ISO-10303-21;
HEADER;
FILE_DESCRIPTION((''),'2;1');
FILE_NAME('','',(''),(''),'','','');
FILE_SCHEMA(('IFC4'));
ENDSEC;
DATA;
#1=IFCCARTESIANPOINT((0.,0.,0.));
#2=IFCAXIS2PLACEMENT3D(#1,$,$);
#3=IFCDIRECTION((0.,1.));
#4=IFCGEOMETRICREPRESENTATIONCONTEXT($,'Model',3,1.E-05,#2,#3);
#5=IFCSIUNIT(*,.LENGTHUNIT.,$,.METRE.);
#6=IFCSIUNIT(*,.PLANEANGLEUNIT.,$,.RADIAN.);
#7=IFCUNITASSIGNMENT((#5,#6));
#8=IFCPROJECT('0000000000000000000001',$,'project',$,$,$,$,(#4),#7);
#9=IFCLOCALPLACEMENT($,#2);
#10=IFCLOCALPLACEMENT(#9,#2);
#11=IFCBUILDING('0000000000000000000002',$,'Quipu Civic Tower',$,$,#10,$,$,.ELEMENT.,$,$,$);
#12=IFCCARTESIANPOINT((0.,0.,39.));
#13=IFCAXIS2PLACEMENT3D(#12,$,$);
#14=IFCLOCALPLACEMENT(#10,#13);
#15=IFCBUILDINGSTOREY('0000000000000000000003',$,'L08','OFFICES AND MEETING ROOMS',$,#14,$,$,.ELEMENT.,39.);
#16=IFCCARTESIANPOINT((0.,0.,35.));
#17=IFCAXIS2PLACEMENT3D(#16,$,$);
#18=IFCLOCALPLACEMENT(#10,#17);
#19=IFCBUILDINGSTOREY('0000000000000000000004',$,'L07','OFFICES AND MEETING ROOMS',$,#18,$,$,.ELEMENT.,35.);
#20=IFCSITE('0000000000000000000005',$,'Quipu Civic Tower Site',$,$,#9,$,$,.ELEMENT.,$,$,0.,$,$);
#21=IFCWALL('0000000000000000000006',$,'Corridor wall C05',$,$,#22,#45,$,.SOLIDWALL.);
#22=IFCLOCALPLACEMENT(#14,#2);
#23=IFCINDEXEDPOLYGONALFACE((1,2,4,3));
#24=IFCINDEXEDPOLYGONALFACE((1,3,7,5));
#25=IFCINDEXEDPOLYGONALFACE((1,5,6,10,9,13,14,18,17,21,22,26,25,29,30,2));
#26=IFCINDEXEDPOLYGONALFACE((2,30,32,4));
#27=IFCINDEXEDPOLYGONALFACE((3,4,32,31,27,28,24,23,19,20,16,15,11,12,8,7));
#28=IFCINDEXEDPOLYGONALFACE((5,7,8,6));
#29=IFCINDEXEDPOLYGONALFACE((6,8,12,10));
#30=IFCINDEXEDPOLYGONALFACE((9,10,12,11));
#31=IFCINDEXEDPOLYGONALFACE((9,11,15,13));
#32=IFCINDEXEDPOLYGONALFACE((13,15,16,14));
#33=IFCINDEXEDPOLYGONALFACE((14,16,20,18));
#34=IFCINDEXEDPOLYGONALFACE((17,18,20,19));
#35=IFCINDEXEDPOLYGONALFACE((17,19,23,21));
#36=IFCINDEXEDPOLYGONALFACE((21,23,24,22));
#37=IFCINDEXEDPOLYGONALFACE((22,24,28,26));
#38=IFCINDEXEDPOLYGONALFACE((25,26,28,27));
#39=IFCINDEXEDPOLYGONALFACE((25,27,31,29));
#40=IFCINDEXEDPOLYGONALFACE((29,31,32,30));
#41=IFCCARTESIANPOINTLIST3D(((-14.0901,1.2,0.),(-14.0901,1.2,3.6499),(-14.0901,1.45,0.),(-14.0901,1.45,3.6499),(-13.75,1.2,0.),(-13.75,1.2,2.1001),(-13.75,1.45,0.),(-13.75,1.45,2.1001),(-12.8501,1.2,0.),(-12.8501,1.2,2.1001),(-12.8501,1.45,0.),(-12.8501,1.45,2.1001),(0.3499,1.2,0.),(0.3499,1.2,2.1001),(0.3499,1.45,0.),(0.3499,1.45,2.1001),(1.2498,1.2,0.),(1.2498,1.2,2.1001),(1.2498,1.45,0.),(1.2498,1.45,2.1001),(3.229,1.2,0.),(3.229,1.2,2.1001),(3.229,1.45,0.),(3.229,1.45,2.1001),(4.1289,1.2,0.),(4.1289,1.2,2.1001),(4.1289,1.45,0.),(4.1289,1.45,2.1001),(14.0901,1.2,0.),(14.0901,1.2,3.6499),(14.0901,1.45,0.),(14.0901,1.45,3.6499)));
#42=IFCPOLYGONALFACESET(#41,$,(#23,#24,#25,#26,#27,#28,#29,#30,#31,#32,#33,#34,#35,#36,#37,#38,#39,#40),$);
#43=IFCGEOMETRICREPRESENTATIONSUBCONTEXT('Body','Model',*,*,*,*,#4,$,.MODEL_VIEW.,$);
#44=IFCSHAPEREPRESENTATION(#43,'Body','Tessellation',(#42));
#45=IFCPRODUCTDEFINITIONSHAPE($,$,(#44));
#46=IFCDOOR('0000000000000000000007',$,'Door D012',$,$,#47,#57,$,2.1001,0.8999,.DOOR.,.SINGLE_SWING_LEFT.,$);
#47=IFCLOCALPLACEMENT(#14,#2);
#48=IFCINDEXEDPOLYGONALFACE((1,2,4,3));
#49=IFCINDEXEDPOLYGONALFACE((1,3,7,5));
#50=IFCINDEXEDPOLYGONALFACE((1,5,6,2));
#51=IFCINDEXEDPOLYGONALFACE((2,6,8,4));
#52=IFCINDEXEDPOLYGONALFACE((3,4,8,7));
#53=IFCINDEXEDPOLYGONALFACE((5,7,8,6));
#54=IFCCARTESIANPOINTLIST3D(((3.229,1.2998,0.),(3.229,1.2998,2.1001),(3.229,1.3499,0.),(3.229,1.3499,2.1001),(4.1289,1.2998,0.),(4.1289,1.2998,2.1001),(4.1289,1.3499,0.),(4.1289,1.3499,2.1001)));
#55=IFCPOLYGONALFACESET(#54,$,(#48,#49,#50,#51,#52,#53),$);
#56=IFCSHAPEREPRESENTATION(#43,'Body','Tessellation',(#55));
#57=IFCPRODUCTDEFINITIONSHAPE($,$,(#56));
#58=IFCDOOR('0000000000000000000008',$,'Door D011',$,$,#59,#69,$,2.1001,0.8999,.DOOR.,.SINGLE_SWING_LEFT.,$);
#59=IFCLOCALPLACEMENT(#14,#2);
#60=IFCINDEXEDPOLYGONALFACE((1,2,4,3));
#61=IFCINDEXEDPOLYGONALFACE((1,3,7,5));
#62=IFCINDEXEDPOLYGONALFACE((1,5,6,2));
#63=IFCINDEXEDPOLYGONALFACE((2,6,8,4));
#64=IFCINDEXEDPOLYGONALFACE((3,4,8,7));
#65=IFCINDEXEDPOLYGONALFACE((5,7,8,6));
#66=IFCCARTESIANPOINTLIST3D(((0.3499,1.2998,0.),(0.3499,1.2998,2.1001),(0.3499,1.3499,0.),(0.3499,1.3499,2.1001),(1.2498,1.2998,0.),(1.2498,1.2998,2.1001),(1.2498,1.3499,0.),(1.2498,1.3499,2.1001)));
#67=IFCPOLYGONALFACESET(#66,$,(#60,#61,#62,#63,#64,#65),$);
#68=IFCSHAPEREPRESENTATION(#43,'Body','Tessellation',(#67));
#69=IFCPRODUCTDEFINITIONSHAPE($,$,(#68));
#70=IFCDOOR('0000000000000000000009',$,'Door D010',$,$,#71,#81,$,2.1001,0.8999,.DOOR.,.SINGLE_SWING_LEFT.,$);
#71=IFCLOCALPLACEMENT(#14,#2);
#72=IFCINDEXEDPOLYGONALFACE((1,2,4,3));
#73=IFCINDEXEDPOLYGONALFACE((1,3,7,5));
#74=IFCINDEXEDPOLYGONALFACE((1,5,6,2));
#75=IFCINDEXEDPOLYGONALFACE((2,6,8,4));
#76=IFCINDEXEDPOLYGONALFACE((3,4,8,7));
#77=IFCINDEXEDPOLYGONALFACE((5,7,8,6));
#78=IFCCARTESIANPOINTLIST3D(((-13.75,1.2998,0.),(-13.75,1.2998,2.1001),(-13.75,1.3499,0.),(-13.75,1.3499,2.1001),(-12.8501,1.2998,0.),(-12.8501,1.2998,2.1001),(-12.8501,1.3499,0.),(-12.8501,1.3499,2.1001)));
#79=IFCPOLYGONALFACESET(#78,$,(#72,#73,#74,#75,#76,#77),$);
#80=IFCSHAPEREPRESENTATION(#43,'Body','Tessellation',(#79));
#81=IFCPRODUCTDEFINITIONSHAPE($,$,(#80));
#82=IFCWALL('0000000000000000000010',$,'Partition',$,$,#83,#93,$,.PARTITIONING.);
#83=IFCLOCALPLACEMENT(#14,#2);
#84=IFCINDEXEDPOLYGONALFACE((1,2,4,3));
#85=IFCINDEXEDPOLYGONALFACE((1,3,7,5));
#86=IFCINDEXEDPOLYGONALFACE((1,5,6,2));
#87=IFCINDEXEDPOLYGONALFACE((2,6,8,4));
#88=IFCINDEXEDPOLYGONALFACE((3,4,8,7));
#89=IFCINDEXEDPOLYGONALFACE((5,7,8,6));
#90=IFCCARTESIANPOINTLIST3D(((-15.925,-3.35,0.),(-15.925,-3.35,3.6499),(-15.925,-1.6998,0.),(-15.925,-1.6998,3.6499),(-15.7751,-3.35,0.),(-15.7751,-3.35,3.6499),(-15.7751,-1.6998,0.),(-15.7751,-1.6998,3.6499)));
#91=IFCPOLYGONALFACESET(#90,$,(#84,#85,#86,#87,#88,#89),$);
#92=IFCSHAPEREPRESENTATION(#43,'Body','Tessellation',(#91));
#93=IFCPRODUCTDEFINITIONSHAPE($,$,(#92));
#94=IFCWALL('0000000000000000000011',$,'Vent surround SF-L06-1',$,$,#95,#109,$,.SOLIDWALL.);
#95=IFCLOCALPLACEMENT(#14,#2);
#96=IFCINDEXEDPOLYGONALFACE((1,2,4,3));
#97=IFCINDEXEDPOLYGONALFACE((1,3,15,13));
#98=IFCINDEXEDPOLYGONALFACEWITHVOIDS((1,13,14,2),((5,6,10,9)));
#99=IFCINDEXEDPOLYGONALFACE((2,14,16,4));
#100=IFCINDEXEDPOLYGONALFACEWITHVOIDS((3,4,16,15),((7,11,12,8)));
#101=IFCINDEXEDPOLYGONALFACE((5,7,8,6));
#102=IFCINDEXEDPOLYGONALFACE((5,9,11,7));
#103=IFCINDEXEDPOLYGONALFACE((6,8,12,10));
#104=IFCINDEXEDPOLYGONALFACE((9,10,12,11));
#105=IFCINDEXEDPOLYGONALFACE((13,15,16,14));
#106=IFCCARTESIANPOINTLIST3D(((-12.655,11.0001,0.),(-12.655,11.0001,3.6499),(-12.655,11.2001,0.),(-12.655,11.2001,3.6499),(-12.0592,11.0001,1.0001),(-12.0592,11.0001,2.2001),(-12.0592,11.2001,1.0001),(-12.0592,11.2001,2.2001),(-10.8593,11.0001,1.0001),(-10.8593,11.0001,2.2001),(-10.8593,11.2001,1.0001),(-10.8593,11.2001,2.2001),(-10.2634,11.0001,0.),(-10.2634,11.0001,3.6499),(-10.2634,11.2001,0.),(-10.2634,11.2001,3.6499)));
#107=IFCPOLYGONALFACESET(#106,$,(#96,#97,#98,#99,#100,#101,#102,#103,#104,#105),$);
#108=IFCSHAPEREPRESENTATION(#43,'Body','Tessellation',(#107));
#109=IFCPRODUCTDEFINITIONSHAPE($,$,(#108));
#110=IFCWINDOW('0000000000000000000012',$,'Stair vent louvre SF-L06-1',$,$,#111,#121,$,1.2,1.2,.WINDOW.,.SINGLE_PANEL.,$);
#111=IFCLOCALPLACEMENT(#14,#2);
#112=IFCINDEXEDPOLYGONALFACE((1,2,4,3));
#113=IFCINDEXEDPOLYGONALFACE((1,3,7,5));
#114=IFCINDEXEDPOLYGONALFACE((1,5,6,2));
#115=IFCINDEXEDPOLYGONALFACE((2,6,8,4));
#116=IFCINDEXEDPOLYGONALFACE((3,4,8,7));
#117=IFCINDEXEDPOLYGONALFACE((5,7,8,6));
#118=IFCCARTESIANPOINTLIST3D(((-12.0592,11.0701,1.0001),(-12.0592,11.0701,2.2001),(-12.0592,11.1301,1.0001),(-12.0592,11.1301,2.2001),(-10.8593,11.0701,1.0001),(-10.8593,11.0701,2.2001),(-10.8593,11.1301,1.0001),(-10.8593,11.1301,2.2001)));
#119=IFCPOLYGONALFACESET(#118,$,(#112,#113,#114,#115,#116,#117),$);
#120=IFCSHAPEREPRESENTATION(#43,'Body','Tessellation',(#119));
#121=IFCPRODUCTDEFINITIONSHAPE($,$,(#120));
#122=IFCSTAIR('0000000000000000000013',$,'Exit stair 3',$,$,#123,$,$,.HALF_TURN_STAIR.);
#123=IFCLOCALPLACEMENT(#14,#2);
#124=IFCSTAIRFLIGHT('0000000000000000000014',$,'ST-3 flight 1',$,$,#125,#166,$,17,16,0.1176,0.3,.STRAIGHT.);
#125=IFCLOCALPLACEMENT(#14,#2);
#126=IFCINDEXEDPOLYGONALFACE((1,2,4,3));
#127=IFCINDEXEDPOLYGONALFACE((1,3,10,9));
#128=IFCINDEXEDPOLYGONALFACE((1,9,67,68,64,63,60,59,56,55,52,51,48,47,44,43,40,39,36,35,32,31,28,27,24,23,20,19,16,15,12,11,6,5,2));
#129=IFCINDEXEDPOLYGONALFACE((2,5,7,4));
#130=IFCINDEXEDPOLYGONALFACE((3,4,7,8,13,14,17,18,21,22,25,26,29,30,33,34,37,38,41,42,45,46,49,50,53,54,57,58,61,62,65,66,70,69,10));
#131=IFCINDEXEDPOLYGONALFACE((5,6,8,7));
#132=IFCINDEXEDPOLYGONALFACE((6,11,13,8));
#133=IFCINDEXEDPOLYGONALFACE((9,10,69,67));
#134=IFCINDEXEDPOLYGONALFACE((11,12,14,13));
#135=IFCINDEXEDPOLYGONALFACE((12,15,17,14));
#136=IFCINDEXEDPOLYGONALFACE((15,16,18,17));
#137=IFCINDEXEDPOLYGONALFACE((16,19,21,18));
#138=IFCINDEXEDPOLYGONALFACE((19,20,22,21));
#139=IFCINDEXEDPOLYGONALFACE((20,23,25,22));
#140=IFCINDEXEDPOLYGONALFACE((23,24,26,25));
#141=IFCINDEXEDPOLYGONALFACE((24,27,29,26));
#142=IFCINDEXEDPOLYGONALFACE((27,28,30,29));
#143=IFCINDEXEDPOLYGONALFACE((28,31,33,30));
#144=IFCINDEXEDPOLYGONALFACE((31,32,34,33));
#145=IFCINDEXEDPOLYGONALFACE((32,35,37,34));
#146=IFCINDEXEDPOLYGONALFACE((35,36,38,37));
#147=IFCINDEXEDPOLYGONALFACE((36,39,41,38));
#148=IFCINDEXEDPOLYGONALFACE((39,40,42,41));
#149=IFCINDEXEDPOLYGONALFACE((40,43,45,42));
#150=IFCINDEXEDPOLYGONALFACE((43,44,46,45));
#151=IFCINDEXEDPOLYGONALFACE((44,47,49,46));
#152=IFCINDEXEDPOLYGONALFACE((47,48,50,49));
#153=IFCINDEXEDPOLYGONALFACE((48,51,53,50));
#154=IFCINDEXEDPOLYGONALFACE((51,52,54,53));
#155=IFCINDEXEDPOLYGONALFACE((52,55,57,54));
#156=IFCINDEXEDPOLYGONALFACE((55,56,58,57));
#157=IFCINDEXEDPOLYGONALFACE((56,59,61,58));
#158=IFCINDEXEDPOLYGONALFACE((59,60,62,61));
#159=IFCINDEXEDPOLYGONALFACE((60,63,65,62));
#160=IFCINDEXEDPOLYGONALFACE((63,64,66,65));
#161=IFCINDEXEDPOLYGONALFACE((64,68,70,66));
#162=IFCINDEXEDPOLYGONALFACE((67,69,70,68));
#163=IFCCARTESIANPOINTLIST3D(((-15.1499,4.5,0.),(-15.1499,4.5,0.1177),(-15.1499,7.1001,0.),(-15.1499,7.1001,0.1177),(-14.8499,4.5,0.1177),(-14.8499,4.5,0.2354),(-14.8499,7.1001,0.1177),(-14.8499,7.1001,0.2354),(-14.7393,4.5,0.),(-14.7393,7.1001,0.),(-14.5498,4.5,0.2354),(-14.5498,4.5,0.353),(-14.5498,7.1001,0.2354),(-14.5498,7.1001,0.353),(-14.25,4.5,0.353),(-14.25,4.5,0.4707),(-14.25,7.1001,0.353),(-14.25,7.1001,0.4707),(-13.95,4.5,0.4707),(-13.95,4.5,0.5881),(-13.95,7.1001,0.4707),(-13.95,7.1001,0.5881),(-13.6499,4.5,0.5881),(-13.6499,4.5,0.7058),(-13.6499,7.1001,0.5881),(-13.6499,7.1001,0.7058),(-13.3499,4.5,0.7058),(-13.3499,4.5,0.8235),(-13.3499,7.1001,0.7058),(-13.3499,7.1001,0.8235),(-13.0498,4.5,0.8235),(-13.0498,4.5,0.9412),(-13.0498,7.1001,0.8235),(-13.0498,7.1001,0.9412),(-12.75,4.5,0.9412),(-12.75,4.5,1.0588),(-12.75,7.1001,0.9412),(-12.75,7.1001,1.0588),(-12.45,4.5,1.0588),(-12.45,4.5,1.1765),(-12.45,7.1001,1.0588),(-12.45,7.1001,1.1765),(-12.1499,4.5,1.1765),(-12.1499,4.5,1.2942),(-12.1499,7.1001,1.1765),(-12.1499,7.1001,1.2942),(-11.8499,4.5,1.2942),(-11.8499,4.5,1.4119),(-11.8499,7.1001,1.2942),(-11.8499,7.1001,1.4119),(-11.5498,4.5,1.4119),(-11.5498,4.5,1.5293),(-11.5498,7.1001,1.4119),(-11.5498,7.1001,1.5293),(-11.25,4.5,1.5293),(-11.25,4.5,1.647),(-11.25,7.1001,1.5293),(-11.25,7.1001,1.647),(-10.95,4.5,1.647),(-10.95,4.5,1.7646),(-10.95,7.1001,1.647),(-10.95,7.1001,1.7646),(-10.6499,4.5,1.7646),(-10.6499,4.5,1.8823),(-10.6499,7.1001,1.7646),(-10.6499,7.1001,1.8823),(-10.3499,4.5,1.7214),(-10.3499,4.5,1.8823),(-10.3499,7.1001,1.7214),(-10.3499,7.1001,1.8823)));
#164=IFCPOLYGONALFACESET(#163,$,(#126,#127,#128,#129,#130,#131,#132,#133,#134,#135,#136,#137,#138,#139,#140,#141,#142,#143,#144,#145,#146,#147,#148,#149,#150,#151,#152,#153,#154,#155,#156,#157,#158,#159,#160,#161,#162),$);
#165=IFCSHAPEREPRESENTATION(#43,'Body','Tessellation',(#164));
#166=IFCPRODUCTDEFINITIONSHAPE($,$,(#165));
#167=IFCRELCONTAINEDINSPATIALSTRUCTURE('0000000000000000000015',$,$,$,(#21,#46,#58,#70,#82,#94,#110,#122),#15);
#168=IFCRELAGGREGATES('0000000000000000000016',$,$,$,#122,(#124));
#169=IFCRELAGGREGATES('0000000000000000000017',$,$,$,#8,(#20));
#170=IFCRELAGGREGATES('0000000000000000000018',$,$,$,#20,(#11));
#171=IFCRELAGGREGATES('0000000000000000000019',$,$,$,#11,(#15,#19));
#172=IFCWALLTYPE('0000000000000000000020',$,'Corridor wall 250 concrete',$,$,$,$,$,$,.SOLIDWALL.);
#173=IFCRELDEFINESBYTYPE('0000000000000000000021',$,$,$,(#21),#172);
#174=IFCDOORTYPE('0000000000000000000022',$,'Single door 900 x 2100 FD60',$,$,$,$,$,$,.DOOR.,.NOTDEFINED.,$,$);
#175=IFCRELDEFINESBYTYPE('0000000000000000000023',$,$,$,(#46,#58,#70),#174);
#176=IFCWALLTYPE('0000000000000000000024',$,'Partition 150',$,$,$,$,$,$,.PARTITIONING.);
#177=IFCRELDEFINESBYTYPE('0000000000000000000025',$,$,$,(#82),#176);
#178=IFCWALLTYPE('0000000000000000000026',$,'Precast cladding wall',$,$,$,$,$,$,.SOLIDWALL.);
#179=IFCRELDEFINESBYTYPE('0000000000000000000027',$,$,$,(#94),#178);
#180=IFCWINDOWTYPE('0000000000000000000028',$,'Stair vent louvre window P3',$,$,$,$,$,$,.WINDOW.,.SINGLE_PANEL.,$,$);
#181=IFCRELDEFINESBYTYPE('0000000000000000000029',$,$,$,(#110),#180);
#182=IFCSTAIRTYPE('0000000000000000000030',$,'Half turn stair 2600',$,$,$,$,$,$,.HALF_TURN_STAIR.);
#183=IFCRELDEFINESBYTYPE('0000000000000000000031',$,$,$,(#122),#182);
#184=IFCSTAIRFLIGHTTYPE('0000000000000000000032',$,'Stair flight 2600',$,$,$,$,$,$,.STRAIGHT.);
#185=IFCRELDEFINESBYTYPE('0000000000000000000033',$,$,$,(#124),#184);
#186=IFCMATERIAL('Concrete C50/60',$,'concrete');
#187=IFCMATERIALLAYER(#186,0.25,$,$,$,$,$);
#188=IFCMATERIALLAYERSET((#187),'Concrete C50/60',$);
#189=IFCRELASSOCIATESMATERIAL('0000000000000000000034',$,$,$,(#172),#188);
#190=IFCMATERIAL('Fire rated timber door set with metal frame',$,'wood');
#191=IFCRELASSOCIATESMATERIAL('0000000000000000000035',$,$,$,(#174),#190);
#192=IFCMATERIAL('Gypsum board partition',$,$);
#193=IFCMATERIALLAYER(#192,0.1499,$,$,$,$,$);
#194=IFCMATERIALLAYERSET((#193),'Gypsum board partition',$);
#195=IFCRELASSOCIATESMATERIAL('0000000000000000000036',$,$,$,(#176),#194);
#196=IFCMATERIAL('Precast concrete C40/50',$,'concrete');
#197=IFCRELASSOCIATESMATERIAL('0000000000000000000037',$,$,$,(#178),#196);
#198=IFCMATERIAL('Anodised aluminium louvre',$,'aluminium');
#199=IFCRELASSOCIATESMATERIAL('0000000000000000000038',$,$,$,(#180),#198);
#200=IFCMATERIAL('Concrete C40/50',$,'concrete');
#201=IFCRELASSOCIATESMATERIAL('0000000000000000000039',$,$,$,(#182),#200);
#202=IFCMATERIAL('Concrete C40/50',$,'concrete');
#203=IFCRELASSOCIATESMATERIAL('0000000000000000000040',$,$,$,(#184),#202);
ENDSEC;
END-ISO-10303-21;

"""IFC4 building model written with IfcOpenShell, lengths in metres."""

from ifc_helpers import new_model, si_unit, direction, frame, frame_2d, origin, place, context, subcontext, project, spatial, polyline, rectangle, outline, extrude, material, layer, layer_set, type_object, element, fill, aggregate, save


model = new_model("IFC4")

# Units and contexts
model_context = context("Model", 3, precision=1e-05, world=origin(), true_north=direction((0.0, 1.0)))
body_context = subcontext(model_context, "Body", "Model", "MODEL_VIEW")
ifc_project = project(units=[si_unit("LENGTHUNIT", "METRE"), si_unit("PLANEANGLEUNIT", "RADIAN")], contexts=[model_context])

# Site, building, storey
site_placement = place(None, origin())
site = spatial("IfcSite", under=ifc_project, at=site_placement, Name="Quipu Civic Tower Site", CompositionType="ELEMENT", RefElevation=0.0)
building_placement = place(site_placement, origin())
building = spatial("IfcBuilding", under=site, at=building_placement, Name="Quipu Civic Tower", CompositionType="ELEMENT")
storey_1_placement = place(building_placement, frame((0.0, 0.0, 39.0)))
storey_1 = spatial("IfcBuildingStorey", under=building, at=storey_1_placement, Name="L08", Description="OFFICES AND MEETING ROOMS", CompositionType="ELEMENT", Elevation=39.0)

# Shared definitions
storey_2_placement = place(building_placement, frame((0.0, 0.0, 35.0)))
storey_2 = spatial("IfcBuildingStorey", under=building, at=storey_2_placement, Name="L07", Description="OFFICES AND MEETING ROOMS", CompositionType="ELEMENT", Elevation=35.0)

# Wall, openings, doors
ifc_material_1 = material(Name="Concrete C50/60", Category="concrete")
ifc_layer_1 = layer(ifc_material_1, 0.25)
ifc_layer_set_1 = layer_set([ifc_layer_1], Name="Concrete C50/60")
wall_type_1 = type_object("IfcWallType", Name="Corridor wall 250 concrete", PredefinedType="SOLIDWALL", material=ifc_layer_set_1)
wall_1_placement = place(storey_1_placement, frame((-14.0901, 1.325, 0.0), z_axis=(0.0, 0.0, 1.0), x_axis=(1.0, 0.0, 0.0)))
wall_1 = element("IfcWall", 1, at=wall_1_placement, inside=storey_1, type_object=wall_type_1, Name="Corridor wall C05", PredefinedType="SOLIDWALL", context=body_context, shape_type="SweptSolid", body=[
    extrude(rectangle(XDim=28.1802, YDim=0.25, at=frame_2d((14.0901, 0.0))), origin(), (0.0, 0.0, 1.0), 3.6499),
])
opening_1_placement = place(wall_1_placement, frame((17.3191, 0.0, 0.0)))
opening_1 = element("IfcOpeningElement", 2, at=opening_1_placement, cuts=wall_1, PredefinedType="OPENING", context=body_context, shape_type="SweptSolid", body=[
    extrude(rectangle(XDim=0.8999, YDim=2.1001, at=frame_2d((0.45, 1.05))), frame((0.0, 0.135, 0.0), z_axis=(0.0, -1.0, 0.0), x_axis=(1.0, 0.0, 0.0)), (0.0, 0.0, 1.0), 0.27),
])
opening_2_placement = place(wall_1_placement, frame((14.4399, 0.0, 0.0)))
opening_2 = element("IfcOpeningElement", 3, at=opening_2_placement, cuts=wall_1, PredefinedType="OPENING", context=body_context, shape_type="SweptSolid", body=[
    extrude(rectangle(XDim=0.8999, YDim=2.1001, at=frame_2d((0.45, 1.05))), frame((0.0, 0.135, 0.0), z_axis=(0.0, -1.0, 0.0), x_axis=(1.0, 0.0, 0.0)), (0.0, 0.0, 1.0), 0.27),
])
opening_3_placement = place(wall_1_placement, frame((0.3401, 0.0, 0.0)))
opening_3 = element("IfcOpeningElement", 4, at=opening_3_placement, cuts=wall_1, PredefinedType="OPENING", context=body_context, shape_type="SweptSolid", body=[
    extrude(rectangle(XDim=0.8999, YDim=2.1001, at=frame_2d((0.45, 1.05))), frame((0.0, 0.135, 0.0), z_axis=(0.0, -1.0, 0.0), x_axis=(1.0, 0.0, 0.0)), (0.0, 0.0, 1.0), 0.27),
])
ifc_material_2 = material(Name="Fire rated timber door set with metal frame", Category="wood")
door_type = type_object("IfcDoorType", Name="Single door 900 x 2100 FD60", OperationType="NOTDEFINED", PredefinedType="DOOR", material=ifc_material_2)
door_1_placement = place(opening_1_placement, origin())
door_1 = element("IfcDoor", 5, at=door_1_placement, inside=storey_1, type_object=door_type, Name="Door D012", OperationType="SINGLE_SWING_LEFT", OverallHeight=2.1001, OverallWidth=0.8999, PredefinedType="DOOR", context=body_context, shape_type="SweptSolid", body=[
    extrude(rectangle(XDim=0.8999, YDim=2.1001, at=frame_2d((0.45, 1.05))), frame((0.0, 0.0249, 0.0), z_axis=(0.0, -1.0, 0.0), x_axis=(1.0, 0.0, 0.0)), (0.0, 0.0, 1.0), 0.05),
])
fill(opening_1, door_1)
door_2_placement = place(opening_2_placement, origin())
door_2 = element("IfcDoor", 6, at=door_2_placement, inside=storey_1, type_object=door_type, Name="Door D011", OperationType="SINGLE_SWING_LEFT", OverallHeight=2.1001, OverallWidth=0.8999, PredefinedType="DOOR", context=body_context, shape_type="SweptSolid", body=[
    extrude(rectangle(XDim=0.8999, YDim=2.1001, at=frame_2d((0.45, 1.05))), frame((0.0, 0.0249, 0.0), z_axis=(0.0, -1.0, 0.0), x_axis=(1.0, 0.0, 0.0)), (0.0, 0.0, 1.0), 0.05),
])
fill(opening_2, door_2)
door_3_placement = place(opening_3_placement, origin())
door_3 = element("IfcDoor", 7, at=door_3_placement, inside=storey_1, type_object=door_type, Name="Door D010", OperationType="SINGLE_SWING_LEFT", OverallHeight=2.1001, OverallWidth=0.8999, PredefinedType="DOOR", context=body_context, shape_type="SweptSolid", body=[
    extrude(rectangle(XDim=0.8999, YDim=2.1001, at=frame_2d((0.45, 1.05))), frame((0.0, 0.0249, 0.0), z_axis=(0.0, -1.0, 0.0), x_axis=(1.0, 0.0, 0.0)), (0.0, 0.0, 1.0), 0.05),
])
fill(opening_3, door_3)

# Wall
ifc_material_3 = material(Name="Gypsum board partition")
ifc_layer_2 = layer(ifc_material_3, 0.1499)
ifc_layer_set_2 = layer_set([ifc_layer_2], Name="Gypsum board partition")
wall_type_2 = type_object("IfcWallType", Name="Partition 150", PredefinedType="PARTITIONING", material=ifc_layer_set_2)
wall_2_placement = place(storey_1_placement, frame((-15.8501, -3.3501, 0.0), z_axis=(0.0, 0.0, 1.0), x_axis=(0.0, 1.0, 0.0)))
element("IfcWall", 8, at=wall_2_placement, inside=storey_1, type_object=wall_type_2, Name="Partition", PredefinedType="PARTITIONING", context=body_context, shape_type="SweptSolid", body=[
    extrude(rectangle(XDim=1.6501, YDim=0.1499, at=frame_2d((0.8252, 0.0))), origin(), (0.0, 0.0, 1.0), 3.6499),
])

# Wall, opening, window
ifc_material_4 = material(Name="Precast concrete C40/50", Category="concrete")
wall_type_3 = type_object("IfcWallType", Name="Precast cladding wall", PredefinedType="SOLIDWALL", material=ifc_material_4)
wall_3_placement = place(storey_1_placement, frame((-10.2634, 11.1001, 0.0), z_axis=(0.0, 0.0, 1.0), x_axis=(-1.0, 0.0, 0.0)))
wall_3 = element("IfcWall", 9, at=wall_3_placement, inside=storey_1, type_object=wall_type_3, Name="Vent surround SF-L06-1", PredefinedType="SOLIDWALL", context=body_context, shape_type="SweptSolid", body=[
    extrude(rectangle(XDim=2.3916, YDim=0.2, at=frame_2d((1.1958, 0.0))), origin(), (0.0, 0.0, 1.0), 3.6499),
])
opening_4_placement = place(wall_3_placement, frame((0.5957, 0.0, 1.0)))
opening_4 = element("IfcOpeningElement", 10, at=opening_4_placement, cuts=wall_3, PredefinedType="OPENING", context=body_context, shape_type="SweptSolid", body=[
    extrude(rectangle(XDim=1.2, YDim=1.2, at=frame_2d((0.6001, 0.6001))), frame((0.0, 0.1099, 0.0), z_axis=(0.0, -1.0, 0.0), x_axis=(1.0, 0.0, 0.0)), (0.0, 0.0, 1.0), 0.22),
])
ifc_material_5 = material(Name="Anodised aluminium louvre", Category="aluminium")
window_type = type_object("IfcWindowType", Name="Stair vent louvre window P3", PartitioningType="SINGLE_PANEL", PredefinedType="WINDOW", material=ifc_material_5)
window_placement = place(opening_4_placement, origin())
window = element("IfcWindow", 11, at=window_placement, inside=storey_1, type_object=window_type, Name="Stair vent louvre SF-L06-1", OverallHeight=1.2, OverallWidth=1.2, PartitioningType="SINGLE_PANEL", PredefinedType="WINDOW", context=body_context, shape_type="SweptSolid", body=[
    extrude(rectangle(XDim=1.2, YDim=1.2, at=frame_2d((0.6001, 0.6001))), frame((0.0, 0.03, 0.0), z_axis=(0.0, -1.0, 0.0), x_axis=(1.0, 0.0, 0.0)), (0.0, 0.0, 1.0), 0.0601),
])
fill(opening_4, window)

# Stair, stair flight
ifc_material_6 = material(Name="Concrete C40/50", Category="concrete")
stair_type = type_object("IfcStairType", Name="Half turn stair 2600", PredefinedType="HALF_TURN_STAIR", material=ifc_material_6)
stair_placement = place(storey_1_placement, origin())
stair = element("IfcStair", 12, at=stair_placement, inside=storey_1, type_object=stair_type, Name="Exit stair 3", PredefinedType="HALF_TURN_STAIR")
ifc_material_7 = material(Name="Concrete C40/50", Category="concrete")
stair_flight_type = type_object("IfcStairFlightType", Name="Stair flight 2600", PredefinedType="STRAIGHT", material=ifc_material_7)
stair_flight_1_placement = place(storey_1_placement, frame((-15.1499, 5.8, 0.0), z_axis=(0.0, 0.0, 1.0), x_axis=(1.0, 0.0, 0.0)))
stair_flight_1 = element("IfcStairFlight", 13, at=stair_flight_1_placement, type_object=stair_flight_type, Name="ST-3 flight 1", NumberOfRisers=17, NumberOfTreads=16, PredefinedType="STRAIGHT", RiserHeight=0.1176, TreadLength=0.3, context=body_context, shape_type="SweptSolid", body=[
    extrude(outline(polyline([(0.0, 0.0), (0.0, 0.1177), (0.3, 0.1177), (0.3, 0.2354), (0.6001, 0.2354), (0.6001, 0.353), (0.8999, 0.353), (0.8999, 0.4707), (1.2, 0.4707), (1.2, 0.5881), (1.5, 0.5881), (1.5, 0.7058), (1.8, 0.7058), (1.8, 0.8235), (2.1001, 0.8235), (2.1001, 0.9412), (2.3999, 0.9412), (2.3999, 1.0588), (2.7, 1.0588), (2.7, 1.1765), (3.0, 1.1765), (3.0, 1.2942), (3.3, 1.2942), (3.3, 1.4119), (3.6001, 1.4119), (3.6001, 1.5293), (3.8999, 1.5293), (3.8999, 1.647), (4.2, 1.647), (4.2, 1.7646), (4.5, 1.7646), (4.5, 1.8823), (4.8, 1.8823), (4.8, 2.0), (4.8, 1.7214), (0.4106, 0.0), (0.0, 0.0)])), frame((0.0, 1.3, 0.0), z_axis=(0.0, -1.0, 0.0), x_axis=(1.0, 0.0, 0.0)), (0.0, 0.0, 1.0), 2.6001),
])
aggregate(stair, [stair_flight_1])

save(model, "model.ifc")
